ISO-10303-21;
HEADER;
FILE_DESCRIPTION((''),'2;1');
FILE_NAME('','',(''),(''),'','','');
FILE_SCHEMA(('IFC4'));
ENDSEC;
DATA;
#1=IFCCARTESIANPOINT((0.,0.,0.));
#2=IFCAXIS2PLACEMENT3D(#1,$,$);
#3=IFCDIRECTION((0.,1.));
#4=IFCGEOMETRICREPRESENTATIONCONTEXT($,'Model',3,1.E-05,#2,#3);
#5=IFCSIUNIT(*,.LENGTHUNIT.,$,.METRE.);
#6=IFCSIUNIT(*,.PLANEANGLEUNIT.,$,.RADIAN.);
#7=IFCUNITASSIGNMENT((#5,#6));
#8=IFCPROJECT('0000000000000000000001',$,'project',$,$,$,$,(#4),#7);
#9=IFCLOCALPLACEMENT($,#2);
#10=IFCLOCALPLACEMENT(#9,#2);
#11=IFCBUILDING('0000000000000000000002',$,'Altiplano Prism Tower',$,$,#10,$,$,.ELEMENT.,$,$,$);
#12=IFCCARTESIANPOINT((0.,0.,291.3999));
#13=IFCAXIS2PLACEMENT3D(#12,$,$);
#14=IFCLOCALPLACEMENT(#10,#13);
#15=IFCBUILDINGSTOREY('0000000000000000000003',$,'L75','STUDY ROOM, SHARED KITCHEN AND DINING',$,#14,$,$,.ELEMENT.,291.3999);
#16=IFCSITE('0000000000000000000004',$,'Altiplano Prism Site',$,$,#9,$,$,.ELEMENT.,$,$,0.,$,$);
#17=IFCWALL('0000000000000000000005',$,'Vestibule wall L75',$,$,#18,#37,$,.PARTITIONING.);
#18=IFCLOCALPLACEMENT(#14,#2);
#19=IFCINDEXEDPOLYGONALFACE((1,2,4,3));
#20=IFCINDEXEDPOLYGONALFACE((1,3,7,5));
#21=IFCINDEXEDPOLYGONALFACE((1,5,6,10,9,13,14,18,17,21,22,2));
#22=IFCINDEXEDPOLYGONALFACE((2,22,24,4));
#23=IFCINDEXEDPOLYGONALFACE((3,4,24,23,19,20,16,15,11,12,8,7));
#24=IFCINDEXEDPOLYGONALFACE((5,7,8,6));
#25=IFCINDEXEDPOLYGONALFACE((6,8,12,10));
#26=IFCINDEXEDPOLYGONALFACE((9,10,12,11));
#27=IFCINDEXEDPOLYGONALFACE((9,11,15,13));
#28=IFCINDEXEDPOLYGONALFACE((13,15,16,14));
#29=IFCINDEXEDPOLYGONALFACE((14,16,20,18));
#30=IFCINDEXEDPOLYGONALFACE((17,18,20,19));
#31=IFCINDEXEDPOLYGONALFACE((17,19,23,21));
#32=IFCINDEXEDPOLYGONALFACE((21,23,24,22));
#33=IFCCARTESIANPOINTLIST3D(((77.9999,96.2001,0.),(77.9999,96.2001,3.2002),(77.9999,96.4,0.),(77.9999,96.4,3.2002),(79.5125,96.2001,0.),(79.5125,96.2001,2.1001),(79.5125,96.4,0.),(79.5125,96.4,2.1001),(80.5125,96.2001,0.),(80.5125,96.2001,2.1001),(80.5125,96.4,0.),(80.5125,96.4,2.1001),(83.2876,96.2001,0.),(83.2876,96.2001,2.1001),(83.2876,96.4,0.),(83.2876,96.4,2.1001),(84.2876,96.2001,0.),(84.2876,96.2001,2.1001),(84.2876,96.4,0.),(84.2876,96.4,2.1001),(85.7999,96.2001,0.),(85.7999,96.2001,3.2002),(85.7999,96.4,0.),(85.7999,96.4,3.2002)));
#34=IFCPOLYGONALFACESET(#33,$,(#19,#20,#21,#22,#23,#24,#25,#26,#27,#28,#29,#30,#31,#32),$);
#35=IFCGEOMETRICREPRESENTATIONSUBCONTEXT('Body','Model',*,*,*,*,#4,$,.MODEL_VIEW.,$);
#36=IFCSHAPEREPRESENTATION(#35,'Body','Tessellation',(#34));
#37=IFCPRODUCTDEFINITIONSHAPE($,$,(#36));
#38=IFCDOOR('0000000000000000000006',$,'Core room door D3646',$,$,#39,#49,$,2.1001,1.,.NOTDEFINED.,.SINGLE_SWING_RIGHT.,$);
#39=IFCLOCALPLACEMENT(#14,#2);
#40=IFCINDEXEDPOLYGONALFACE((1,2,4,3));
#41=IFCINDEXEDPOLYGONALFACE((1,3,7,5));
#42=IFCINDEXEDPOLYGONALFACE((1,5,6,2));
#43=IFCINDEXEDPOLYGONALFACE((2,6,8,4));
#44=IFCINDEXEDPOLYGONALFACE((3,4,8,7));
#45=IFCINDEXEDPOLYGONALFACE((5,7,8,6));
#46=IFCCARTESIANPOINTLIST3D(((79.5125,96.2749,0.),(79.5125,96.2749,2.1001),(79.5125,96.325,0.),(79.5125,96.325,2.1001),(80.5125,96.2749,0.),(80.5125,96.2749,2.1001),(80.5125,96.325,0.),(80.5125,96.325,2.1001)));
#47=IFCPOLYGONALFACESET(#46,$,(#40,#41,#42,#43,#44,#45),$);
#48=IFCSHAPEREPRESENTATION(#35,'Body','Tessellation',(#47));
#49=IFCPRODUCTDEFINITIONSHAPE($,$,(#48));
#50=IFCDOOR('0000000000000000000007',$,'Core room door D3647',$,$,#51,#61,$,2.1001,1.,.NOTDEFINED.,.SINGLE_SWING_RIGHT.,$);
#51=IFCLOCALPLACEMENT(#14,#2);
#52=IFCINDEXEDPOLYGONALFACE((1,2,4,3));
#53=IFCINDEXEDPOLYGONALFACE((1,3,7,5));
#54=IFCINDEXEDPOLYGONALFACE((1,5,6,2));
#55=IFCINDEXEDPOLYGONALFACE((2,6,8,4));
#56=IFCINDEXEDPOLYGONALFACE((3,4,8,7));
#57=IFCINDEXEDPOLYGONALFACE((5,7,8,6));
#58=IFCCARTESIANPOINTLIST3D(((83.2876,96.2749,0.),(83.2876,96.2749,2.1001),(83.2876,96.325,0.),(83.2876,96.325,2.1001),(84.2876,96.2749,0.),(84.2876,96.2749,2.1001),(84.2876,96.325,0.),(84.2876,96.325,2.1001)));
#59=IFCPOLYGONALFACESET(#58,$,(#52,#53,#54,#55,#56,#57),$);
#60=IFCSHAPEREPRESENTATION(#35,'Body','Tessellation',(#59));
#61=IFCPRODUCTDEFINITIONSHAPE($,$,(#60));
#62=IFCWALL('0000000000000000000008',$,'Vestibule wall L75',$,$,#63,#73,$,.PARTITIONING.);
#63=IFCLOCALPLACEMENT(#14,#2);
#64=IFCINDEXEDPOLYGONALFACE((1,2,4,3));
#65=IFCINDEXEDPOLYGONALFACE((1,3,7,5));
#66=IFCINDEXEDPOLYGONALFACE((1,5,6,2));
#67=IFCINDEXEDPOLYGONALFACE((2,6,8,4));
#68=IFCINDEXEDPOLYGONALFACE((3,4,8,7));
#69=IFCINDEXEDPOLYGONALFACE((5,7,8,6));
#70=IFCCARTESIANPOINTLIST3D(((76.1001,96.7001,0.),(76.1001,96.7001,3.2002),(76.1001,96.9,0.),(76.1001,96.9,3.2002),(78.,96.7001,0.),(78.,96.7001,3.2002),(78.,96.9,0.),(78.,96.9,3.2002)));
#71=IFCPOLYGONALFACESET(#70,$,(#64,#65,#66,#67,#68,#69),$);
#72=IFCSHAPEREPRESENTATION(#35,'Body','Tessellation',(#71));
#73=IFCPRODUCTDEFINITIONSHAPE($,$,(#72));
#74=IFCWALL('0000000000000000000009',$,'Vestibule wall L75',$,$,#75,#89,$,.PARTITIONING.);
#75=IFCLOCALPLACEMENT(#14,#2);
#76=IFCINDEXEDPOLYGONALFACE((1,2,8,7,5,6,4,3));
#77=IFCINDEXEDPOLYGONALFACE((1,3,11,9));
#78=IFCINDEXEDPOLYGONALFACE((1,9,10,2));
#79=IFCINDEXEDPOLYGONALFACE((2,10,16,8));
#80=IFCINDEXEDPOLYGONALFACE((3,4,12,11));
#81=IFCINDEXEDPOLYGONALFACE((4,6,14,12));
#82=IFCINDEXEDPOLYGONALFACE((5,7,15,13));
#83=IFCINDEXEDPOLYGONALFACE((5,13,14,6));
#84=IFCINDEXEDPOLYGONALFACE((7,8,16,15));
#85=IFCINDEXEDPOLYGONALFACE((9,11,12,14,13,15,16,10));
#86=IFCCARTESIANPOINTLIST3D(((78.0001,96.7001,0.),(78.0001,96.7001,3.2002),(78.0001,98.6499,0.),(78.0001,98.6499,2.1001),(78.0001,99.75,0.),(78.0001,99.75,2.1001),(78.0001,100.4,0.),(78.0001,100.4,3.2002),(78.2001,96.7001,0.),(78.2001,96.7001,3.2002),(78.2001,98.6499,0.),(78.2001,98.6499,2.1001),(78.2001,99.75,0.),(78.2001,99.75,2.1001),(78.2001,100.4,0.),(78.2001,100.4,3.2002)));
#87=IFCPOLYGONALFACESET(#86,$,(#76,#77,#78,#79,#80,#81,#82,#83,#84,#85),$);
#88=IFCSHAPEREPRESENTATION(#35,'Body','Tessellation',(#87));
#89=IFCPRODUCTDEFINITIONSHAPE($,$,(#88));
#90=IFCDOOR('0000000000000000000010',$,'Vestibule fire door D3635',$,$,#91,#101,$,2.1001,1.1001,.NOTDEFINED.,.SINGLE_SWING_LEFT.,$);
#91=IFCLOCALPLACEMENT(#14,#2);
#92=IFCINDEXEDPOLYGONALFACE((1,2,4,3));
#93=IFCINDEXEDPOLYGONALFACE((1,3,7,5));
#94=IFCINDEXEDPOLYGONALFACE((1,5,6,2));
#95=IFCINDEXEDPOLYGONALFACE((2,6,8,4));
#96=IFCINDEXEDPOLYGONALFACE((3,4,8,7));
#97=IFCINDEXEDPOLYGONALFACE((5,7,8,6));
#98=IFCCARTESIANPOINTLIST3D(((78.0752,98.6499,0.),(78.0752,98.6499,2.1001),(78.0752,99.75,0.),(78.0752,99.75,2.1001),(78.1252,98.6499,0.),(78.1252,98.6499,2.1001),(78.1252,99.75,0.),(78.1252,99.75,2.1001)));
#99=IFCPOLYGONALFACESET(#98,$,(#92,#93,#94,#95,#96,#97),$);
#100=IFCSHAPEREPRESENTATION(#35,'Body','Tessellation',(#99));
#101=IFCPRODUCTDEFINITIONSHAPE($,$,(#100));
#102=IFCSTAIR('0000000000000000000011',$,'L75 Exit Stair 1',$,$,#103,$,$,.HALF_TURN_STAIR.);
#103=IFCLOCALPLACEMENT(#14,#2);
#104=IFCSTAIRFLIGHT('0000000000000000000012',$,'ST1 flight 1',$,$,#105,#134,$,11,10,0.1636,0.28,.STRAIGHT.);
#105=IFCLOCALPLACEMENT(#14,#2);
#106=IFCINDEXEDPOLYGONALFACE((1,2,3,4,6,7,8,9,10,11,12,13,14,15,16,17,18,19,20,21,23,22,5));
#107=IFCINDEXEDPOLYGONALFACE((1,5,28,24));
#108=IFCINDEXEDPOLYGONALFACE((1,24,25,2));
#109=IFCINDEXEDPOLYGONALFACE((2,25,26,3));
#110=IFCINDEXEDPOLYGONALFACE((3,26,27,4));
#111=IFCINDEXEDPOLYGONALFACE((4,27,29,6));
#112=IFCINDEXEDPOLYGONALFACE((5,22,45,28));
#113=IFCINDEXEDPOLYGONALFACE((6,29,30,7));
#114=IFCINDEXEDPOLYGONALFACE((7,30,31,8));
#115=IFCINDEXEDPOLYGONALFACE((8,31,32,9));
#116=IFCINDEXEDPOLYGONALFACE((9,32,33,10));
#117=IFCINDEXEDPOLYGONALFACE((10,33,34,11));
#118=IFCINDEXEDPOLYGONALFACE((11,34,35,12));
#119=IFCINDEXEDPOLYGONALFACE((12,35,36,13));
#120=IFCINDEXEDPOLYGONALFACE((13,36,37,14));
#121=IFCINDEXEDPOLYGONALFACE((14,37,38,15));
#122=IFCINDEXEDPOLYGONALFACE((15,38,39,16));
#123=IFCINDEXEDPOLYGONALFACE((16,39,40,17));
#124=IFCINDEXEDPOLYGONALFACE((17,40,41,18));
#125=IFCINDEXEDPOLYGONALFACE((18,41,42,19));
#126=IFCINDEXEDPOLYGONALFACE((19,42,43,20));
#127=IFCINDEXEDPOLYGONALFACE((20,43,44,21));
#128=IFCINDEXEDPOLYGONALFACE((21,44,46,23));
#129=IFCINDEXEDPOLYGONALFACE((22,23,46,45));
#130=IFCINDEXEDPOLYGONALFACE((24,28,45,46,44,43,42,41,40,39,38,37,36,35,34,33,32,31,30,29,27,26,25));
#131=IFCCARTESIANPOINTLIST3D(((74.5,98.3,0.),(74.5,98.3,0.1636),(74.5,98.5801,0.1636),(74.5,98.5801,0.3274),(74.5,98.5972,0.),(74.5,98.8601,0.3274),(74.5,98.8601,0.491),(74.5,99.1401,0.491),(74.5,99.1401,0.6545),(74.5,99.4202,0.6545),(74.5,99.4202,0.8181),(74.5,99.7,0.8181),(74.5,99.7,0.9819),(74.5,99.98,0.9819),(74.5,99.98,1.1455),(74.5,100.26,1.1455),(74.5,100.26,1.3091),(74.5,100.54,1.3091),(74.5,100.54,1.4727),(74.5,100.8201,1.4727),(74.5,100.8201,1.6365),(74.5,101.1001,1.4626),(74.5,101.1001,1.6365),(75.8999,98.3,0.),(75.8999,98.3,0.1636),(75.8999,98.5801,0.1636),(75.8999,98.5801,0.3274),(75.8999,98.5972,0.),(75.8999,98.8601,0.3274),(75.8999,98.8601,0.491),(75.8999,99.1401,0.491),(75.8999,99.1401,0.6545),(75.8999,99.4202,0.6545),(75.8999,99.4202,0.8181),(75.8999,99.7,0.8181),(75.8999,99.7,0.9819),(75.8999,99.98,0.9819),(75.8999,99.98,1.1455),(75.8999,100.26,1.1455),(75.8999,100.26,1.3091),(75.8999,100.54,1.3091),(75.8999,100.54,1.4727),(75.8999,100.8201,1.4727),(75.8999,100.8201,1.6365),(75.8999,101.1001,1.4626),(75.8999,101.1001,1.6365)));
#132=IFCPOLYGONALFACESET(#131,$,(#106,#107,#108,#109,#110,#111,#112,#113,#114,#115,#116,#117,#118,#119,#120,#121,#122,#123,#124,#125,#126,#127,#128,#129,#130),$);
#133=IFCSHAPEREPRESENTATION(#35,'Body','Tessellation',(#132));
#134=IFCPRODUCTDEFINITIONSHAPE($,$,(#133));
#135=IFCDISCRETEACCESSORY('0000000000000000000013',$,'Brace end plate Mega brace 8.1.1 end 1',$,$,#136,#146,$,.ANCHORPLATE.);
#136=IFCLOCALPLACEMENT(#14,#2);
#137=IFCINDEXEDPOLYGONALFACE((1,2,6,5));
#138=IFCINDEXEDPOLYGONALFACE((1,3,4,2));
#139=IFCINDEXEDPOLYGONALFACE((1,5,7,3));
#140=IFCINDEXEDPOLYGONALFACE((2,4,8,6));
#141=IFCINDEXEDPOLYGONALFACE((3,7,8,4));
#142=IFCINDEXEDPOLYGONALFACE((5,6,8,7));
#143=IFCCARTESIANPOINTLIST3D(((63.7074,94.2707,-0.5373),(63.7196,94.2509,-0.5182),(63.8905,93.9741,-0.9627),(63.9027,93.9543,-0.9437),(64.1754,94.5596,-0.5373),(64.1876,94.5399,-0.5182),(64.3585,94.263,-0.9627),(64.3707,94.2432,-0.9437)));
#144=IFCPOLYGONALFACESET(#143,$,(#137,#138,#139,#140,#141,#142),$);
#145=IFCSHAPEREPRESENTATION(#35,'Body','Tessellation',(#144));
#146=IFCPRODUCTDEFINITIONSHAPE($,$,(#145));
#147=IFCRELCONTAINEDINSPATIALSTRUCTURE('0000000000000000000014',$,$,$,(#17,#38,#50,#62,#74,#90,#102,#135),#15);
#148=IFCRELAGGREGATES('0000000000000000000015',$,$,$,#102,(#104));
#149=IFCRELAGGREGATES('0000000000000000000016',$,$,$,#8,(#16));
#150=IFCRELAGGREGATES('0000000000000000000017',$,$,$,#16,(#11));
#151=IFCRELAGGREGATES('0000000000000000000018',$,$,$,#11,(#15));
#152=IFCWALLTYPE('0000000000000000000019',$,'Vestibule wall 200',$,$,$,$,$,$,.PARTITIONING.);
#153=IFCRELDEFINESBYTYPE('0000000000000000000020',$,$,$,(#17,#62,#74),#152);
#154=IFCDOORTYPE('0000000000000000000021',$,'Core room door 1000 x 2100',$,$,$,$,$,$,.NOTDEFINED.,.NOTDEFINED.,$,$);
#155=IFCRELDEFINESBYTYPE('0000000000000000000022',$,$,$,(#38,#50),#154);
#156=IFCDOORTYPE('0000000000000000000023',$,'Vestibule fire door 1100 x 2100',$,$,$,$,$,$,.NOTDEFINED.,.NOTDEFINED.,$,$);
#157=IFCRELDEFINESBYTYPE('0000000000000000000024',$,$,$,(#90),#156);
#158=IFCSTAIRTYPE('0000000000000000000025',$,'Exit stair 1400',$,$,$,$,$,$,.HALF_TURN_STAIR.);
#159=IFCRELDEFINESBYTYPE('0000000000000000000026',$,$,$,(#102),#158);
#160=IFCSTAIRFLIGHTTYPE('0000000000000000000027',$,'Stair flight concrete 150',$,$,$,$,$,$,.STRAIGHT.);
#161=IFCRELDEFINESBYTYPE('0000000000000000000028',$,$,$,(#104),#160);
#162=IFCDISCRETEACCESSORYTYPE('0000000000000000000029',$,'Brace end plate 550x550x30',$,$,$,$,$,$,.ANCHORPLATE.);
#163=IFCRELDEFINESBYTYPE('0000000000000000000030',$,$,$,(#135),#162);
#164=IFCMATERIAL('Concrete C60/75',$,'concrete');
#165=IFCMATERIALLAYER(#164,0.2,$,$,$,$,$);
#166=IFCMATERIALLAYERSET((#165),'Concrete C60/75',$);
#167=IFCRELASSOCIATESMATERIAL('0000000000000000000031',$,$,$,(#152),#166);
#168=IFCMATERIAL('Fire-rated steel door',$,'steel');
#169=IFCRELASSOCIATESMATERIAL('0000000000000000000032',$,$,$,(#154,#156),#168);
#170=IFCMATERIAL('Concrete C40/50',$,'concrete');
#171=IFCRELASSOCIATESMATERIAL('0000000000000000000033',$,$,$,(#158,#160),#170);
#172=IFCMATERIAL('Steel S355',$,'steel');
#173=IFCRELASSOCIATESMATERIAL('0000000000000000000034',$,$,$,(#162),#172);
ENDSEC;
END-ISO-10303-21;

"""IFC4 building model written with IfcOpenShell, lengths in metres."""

from ifc_helpers import new_model, si_unit, direction, frame, frame_2d, origin, origin_2d, place, context, subcontext, project, spatial, polyline, rectangle, outline, extrude, material, layer, layer_set, material_profile, profile_set, type_object, element, fill, aggregate, save


model = new_model("IFC4")

# Units and contexts
model_context = context("Model", 3, precision=1e-05, world=origin(), true_north=direction((0.0, 1.0)))
body_context = subcontext(model_context, "Body", "Model", "MODEL_VIEW")
ifc_project = project(units=[si_unit("LENGTHUNIT", "METRE"), si_unit("PLANEANGLEUNIT", "RADIAN")], contexts=[model_context])

# Site, building, storey
site_placement = place(None, origin())
site = spatial("IfcSite", under=ifc_project, at=site_placement, Name="Altiplano Prism Site", CompositionType="ELEMENT", RefElevation=0.0)
building_placement = place(site_placement, origin())
building = spatial("IfcBuilding", under=site, at=building_placement, Name="Altiplano Prism Tower", CompositionType="ELEMENT")
storey_placement = place(building_placement, frame((0.0, 0.0, 291.3999)))
storey = spatial("IfcBuildingStorey", under=building, at=storey_placement, Name="L75", Description="STUDY ROOM, SHARED KITCHEN AND DINING", CompositionType="ELEMENT", Elevation=291.3999)

# Shared definitions
ifc_material_1 = material(Name="Concrete C60/75", Category="concrete")

# Shared definitions
ifc_material_2 = material(Name="Steel S355", Category="steel")

# Shared definitions
ifc_material_3 = material(Name="Fire-rated steel door", Category="steel")

# Wall, openings, doors
ifc_layer_1 = layer(ifc_material_1, 0.2)
ifc_layer_set_1 = layer_set([ifc_layer_1], Name="Concrete C60/75")
wall_type_1 = type_object("IfcWallType", Name="Vestibule wall 200", PredefinedType="PARTITIONING", material=ifc_layer_set_1)
wall_1_placement = place(storey_placement, frame((78.0, 96.3, 0.0), z_axis=(0.0, 0.0, 1.0), x_axis=(1.0, 0.0, 0.0)))
wall_1 = element("IfcWall", 1, at=wall_1_placement, inside=storey, type_object=wall_type_1, Name="Vestibule wall L75", PredefinedType="PARTITIONING", context=body_context, shape_type="SweptSolid", body=[
    extrude(rectangle(XDim=7.8, YDim=0.2, at=frame_2d((3.8999, 0.0))), origin(), (0.0, 0.0, 1.0), 3.2002),
])
opening_1_placement = place(wall_1_placement, frame((1.5125, 0.0, 0.0)))
opening_1 = element("IfcOpeningElement", 2, at=opening_1_placement, cuts=wall_1, PredefinedType="OPENING", context=body_context, shape_type="SweptSolid", body=[
    extrude(rectangle(XDim=1.0, YDim=2.1001, at=frame_2d((0.5, 1.05))), frame((0.0, 0.1104, 0.0), z_axis=(0.0, -1.0, 0.0), x_axis=(1.0, 0.0, 0.0)), (0.0, 0.0, 1.0), 0.2209),
])
opening_2_placement = place(wall_1_placement, frame((5.2876, 0.0, 0.0)))
opening_2 = element("IfcOpeningElement", 3, at=opening_2_placement, cuts=wall_1, PredefinedType="OPENING", context=body_context, shape_type="SweptSolid", body=[
    extrude(rectangle(XDim=1.0, YDim=2.1001, at=frame_2d((0.5, 1.05))), frame((0.0, 0.1104, 0.0), z_axis=(0.0, -1.0, 0.0), x_axis=(1.0, 0.0, 0.0)), (0.0, 0.0, 1.0), 0.2209),
])
door_type_1 = type_object("IfcDoorType", Name="Core room door 1000 x 2100", OperationType="NOTDEFINED", PredefinedType="NOTDEFINED", material=ifc_material_3)
door_1_placement = place(opening_1_placement, origin())
door_1 = element("IfcDoor", 4, at=door_1_placement, inside=storey, type_object=door_type_1, Name="Core room door D3646", OperationType="SINGLE_SWING_RIGHT", OverallHeight=2.1001, OverallWidth=1.0, PredefinedType="NOTDEFINED", context=body_context, shape_type="SweptSolid", body=[
    extrude(rectangle(XDim=1.0, YDim=2.1001, at=frame_2d((0.5, 1.05))), frame((0.0, 0.0249, 0.0), z_axis=(0.0, -1.0, 0.0), x_axis=(1.0, 0.0, 0.0)), (0.0, 0.0, 1.0), 0.05),
])
fill(opening_1, door_1)
door_2_placement = place(opening_2_placement, origin())
door_2 = element("IfcDoor", 5, at=door_2_placement, inside=storey, type_object=door_type_1, Name="Core room door D3647", OperationType="SINGLE_SWING_RIGHT", OverallHeight=2.1001, OverallWidth=1.0, PredefinedType="NOTDEFINED", context=body_context, shape_type="SweptSolid", body=[
    extrude(rectangle(XDim=1.0, YDim=2.1001, at=frame_2d((0.5, 1.05))), frame((0.0, 0.0249, 0.0), z_axis=(0.0, -1.0, 0.0), x_axis=(1.0, 0.0, 0.0)), (0.0, 0.0, 1.0), 0.05),
])
fill(opening_2, door_2)

# Wall
wall_2_placement = place(storey_placement, frame((76.1001, 96.8, 0.0), z_axis=(0.0, 0.0, 1.0), x_axis=(1.0, 0.0, 0.0)))
element("IfcWall", 6, at=wall_2_placement, inside=storey, type_object=wall_type_1, Name="Vestibule wall L75", PredefinedType="PARTITIONING", context=body_context, shape_type="SweptSolid", body=[
    extrude(rectangle(XDim=1.8999, YDim=0.2, at=frame_2d((0.95, 0.0))), origin(), (0.0, 0.0, 1.0), 3.2002),
])

# Wall, opening, door
wall_3_placement = place(storey_placement, frame((78.1001, 96.7, 0.0), z_axis=(0.0, 0.0, 1.0), x_axis=(0.0, 1.0, 0.0)))
wall_3 = element("IfcWall", 7, at=wall_3_placement, inside=storey, type_object=wall_type_1, Name="Vestibule wall L75", PredefinedType="PARTITIONING", context=body_context, shape_type="SweptSolid", body=[
    extrude(rectangle(XDim=3.7, YDim=0.2, at=frame_2d((1.8501, 0.0))), origin(), (0.0, 0.0, 1.0), 3.2002),
])
opening_3_placement = place(wall_3_placement, frame((1.95, 0.0, 0.0)))
opening_3 = element("IfcOpeningElement", 8, at=opening_3_placement, cuts=wall_3, PredefinedType="OPENING", context=body_context, shape_type="SweptSolid", body=[
    extrude(rectangle(XDim=1.1001, YDim=2.1001, at=frame_2d((0.55, 1.05))), frame((0.0, 0.1104, 0.0), z_axis=(0.0, -1.0, 0.0), x_axis=(1.0, 0.0, 0.0)), (0.0, 0.0, 1.0), 0.2209),
])
door_type_2 = type_object("IfcDoorType", Name="Vestibule fire door 1100 x 2100", OperationType="NOTDEFINED", PredefinedType="NOTDEFINED", material=ifc_material_3)
door_3_placement = place(opening_3_placement, origin())
door_3 = element("IfcDoor", 9, at=door_3_placement, inside=storey, type_object=door_type_2, Name="Vestibule fire door D3635", OperationType="SINGLE_SWING_LEFT", OverallHeight=2.1001, OverallWidth=1.1001, PredefinedType="NOTDEFINED", context=body_context, shape_type="SweptSolid", body=[
    extrude(rectangle(XDim=1.1001, YDim=2.1001, at=frame_2d((0.55, 1.05))), frame((0.0, 0.0249, 0.0), z_axis=(0.0, -1.0, 0.0), x_axis=(1.0, 0.0, 0.0)), (0.0, 0.0, 1.0), 0.05),
])
fill(opening_3, door_3)

# Stair, stair flight
ifc_material_4 = material(Name="Concrete C40/50", Category="concrete")
stair_type = type_object("IfcStairType", Name="Exit stair 1400", PredefinedType="HALF_TURN_STAIR", material=ifc_material_4)
stair_placement = place(storey_placement, origin())
stair = element("IfcStair", 10, at=stair_placement, inside=storey, type_object=stair_type, Name="L75 Exit Stair 1", PredefinedType="HALF_TURN_STAIR")
stair_flight_type = type_object("IfcStairFlightType", Name="Stair flight concrete 150", PredefinedType="STRAIGHT", material=ifc_material_4)
stair_flight_placement = place(storey_placement, frame((75.2, 98.3, 0.0), z_axis=(0.0, 0.0, 1.0), x_axis=(0.0, 1.0, 0.0)))
stair_flight = element("IfcStairFlight", 11, at=stair_flight_placement, type_object=stair_flight_type, Name="ST1 flight 1", NumberOfRisers=11, NumberOfTreads=10, PredefinedType="STRAIGHT", RiserHeight=0.1636, TreadLength=0.28, context=body_context, shape_type="SweptSolid", body=[
    extrude(outline(polyline([(0.0, 0.0), (0.0, 0.1636), (0.28, 0.1636), (0.28, 0.3274), (0.5601, 0.3274), (0.5601, 0.491), (0.8401, 0.491), (0.8401, 0.6545), (1.1201, 0.6545), (1.1201, 0.8181), (1.3999, 0.8181), (1.3999, 0.9819), (1.6799, 0.9819), (1.6799, 1.1455), (1.96, 1.1455), (1.96, 1.3091), (2.24, 1.3091), (2.24, 1.4727), (2.52, 1.4727), (2.52, 1.6365), (2.8, 1.6365), (2.8, 1.8), (2.8, 1.4626), (0.2971, 0.0), (0.0, 0.0)])), frame((0.0, 0.7, 0.0), z_axis=(0.0, -1.0, 0.0), x_axis=(1.0, 0.0, 0.0)), (0.0, 0.0, 1.0), 1.3999),
])
aggregate(stair, [stair_flight])

# Discrete accessory
ifc_material_profile_1 = material_profile(ifc_material_2, rectangle(XDim=0.55, YDim=0.55, at=origin_2d()), Name="Brace end plate 550x550x30")
ifc_profile_set_1 = profile_set([ifc_material_profile_1], Name="Steel S355")
discrete_accessory_type = type_object("IfcDiscreteAccessoryType", Name="Brace end plate 550x550x30", PredefinedType="ANCHORPLATE", material=ifc_profile_set_1)
discrete_accessory_placement = place(storey_placement, frame((64.033, 94.2668, -0.75), z_axis=(0.406289, -0.658189, 0.633811), x_axis=(0.850936, 0.525269, 0.0)))
element("IfcDiscreteAccessory", 12, at=discrete_accessory_placement, inside=storey, type_object=discrete_accessory_type, Name="Brace end plate Mega brace 8.1.1 end 1", PredefinedType="ANCHORPLATE", context=body_context, shape_type="SweptSolid", body=[
    extrude(rectangle(XDim=0.55, YDim=0.55, at=origin_2d()), origin(), (0.0, 0.0, 1.0), 0.03),
])

save(model, "model.ifc")
